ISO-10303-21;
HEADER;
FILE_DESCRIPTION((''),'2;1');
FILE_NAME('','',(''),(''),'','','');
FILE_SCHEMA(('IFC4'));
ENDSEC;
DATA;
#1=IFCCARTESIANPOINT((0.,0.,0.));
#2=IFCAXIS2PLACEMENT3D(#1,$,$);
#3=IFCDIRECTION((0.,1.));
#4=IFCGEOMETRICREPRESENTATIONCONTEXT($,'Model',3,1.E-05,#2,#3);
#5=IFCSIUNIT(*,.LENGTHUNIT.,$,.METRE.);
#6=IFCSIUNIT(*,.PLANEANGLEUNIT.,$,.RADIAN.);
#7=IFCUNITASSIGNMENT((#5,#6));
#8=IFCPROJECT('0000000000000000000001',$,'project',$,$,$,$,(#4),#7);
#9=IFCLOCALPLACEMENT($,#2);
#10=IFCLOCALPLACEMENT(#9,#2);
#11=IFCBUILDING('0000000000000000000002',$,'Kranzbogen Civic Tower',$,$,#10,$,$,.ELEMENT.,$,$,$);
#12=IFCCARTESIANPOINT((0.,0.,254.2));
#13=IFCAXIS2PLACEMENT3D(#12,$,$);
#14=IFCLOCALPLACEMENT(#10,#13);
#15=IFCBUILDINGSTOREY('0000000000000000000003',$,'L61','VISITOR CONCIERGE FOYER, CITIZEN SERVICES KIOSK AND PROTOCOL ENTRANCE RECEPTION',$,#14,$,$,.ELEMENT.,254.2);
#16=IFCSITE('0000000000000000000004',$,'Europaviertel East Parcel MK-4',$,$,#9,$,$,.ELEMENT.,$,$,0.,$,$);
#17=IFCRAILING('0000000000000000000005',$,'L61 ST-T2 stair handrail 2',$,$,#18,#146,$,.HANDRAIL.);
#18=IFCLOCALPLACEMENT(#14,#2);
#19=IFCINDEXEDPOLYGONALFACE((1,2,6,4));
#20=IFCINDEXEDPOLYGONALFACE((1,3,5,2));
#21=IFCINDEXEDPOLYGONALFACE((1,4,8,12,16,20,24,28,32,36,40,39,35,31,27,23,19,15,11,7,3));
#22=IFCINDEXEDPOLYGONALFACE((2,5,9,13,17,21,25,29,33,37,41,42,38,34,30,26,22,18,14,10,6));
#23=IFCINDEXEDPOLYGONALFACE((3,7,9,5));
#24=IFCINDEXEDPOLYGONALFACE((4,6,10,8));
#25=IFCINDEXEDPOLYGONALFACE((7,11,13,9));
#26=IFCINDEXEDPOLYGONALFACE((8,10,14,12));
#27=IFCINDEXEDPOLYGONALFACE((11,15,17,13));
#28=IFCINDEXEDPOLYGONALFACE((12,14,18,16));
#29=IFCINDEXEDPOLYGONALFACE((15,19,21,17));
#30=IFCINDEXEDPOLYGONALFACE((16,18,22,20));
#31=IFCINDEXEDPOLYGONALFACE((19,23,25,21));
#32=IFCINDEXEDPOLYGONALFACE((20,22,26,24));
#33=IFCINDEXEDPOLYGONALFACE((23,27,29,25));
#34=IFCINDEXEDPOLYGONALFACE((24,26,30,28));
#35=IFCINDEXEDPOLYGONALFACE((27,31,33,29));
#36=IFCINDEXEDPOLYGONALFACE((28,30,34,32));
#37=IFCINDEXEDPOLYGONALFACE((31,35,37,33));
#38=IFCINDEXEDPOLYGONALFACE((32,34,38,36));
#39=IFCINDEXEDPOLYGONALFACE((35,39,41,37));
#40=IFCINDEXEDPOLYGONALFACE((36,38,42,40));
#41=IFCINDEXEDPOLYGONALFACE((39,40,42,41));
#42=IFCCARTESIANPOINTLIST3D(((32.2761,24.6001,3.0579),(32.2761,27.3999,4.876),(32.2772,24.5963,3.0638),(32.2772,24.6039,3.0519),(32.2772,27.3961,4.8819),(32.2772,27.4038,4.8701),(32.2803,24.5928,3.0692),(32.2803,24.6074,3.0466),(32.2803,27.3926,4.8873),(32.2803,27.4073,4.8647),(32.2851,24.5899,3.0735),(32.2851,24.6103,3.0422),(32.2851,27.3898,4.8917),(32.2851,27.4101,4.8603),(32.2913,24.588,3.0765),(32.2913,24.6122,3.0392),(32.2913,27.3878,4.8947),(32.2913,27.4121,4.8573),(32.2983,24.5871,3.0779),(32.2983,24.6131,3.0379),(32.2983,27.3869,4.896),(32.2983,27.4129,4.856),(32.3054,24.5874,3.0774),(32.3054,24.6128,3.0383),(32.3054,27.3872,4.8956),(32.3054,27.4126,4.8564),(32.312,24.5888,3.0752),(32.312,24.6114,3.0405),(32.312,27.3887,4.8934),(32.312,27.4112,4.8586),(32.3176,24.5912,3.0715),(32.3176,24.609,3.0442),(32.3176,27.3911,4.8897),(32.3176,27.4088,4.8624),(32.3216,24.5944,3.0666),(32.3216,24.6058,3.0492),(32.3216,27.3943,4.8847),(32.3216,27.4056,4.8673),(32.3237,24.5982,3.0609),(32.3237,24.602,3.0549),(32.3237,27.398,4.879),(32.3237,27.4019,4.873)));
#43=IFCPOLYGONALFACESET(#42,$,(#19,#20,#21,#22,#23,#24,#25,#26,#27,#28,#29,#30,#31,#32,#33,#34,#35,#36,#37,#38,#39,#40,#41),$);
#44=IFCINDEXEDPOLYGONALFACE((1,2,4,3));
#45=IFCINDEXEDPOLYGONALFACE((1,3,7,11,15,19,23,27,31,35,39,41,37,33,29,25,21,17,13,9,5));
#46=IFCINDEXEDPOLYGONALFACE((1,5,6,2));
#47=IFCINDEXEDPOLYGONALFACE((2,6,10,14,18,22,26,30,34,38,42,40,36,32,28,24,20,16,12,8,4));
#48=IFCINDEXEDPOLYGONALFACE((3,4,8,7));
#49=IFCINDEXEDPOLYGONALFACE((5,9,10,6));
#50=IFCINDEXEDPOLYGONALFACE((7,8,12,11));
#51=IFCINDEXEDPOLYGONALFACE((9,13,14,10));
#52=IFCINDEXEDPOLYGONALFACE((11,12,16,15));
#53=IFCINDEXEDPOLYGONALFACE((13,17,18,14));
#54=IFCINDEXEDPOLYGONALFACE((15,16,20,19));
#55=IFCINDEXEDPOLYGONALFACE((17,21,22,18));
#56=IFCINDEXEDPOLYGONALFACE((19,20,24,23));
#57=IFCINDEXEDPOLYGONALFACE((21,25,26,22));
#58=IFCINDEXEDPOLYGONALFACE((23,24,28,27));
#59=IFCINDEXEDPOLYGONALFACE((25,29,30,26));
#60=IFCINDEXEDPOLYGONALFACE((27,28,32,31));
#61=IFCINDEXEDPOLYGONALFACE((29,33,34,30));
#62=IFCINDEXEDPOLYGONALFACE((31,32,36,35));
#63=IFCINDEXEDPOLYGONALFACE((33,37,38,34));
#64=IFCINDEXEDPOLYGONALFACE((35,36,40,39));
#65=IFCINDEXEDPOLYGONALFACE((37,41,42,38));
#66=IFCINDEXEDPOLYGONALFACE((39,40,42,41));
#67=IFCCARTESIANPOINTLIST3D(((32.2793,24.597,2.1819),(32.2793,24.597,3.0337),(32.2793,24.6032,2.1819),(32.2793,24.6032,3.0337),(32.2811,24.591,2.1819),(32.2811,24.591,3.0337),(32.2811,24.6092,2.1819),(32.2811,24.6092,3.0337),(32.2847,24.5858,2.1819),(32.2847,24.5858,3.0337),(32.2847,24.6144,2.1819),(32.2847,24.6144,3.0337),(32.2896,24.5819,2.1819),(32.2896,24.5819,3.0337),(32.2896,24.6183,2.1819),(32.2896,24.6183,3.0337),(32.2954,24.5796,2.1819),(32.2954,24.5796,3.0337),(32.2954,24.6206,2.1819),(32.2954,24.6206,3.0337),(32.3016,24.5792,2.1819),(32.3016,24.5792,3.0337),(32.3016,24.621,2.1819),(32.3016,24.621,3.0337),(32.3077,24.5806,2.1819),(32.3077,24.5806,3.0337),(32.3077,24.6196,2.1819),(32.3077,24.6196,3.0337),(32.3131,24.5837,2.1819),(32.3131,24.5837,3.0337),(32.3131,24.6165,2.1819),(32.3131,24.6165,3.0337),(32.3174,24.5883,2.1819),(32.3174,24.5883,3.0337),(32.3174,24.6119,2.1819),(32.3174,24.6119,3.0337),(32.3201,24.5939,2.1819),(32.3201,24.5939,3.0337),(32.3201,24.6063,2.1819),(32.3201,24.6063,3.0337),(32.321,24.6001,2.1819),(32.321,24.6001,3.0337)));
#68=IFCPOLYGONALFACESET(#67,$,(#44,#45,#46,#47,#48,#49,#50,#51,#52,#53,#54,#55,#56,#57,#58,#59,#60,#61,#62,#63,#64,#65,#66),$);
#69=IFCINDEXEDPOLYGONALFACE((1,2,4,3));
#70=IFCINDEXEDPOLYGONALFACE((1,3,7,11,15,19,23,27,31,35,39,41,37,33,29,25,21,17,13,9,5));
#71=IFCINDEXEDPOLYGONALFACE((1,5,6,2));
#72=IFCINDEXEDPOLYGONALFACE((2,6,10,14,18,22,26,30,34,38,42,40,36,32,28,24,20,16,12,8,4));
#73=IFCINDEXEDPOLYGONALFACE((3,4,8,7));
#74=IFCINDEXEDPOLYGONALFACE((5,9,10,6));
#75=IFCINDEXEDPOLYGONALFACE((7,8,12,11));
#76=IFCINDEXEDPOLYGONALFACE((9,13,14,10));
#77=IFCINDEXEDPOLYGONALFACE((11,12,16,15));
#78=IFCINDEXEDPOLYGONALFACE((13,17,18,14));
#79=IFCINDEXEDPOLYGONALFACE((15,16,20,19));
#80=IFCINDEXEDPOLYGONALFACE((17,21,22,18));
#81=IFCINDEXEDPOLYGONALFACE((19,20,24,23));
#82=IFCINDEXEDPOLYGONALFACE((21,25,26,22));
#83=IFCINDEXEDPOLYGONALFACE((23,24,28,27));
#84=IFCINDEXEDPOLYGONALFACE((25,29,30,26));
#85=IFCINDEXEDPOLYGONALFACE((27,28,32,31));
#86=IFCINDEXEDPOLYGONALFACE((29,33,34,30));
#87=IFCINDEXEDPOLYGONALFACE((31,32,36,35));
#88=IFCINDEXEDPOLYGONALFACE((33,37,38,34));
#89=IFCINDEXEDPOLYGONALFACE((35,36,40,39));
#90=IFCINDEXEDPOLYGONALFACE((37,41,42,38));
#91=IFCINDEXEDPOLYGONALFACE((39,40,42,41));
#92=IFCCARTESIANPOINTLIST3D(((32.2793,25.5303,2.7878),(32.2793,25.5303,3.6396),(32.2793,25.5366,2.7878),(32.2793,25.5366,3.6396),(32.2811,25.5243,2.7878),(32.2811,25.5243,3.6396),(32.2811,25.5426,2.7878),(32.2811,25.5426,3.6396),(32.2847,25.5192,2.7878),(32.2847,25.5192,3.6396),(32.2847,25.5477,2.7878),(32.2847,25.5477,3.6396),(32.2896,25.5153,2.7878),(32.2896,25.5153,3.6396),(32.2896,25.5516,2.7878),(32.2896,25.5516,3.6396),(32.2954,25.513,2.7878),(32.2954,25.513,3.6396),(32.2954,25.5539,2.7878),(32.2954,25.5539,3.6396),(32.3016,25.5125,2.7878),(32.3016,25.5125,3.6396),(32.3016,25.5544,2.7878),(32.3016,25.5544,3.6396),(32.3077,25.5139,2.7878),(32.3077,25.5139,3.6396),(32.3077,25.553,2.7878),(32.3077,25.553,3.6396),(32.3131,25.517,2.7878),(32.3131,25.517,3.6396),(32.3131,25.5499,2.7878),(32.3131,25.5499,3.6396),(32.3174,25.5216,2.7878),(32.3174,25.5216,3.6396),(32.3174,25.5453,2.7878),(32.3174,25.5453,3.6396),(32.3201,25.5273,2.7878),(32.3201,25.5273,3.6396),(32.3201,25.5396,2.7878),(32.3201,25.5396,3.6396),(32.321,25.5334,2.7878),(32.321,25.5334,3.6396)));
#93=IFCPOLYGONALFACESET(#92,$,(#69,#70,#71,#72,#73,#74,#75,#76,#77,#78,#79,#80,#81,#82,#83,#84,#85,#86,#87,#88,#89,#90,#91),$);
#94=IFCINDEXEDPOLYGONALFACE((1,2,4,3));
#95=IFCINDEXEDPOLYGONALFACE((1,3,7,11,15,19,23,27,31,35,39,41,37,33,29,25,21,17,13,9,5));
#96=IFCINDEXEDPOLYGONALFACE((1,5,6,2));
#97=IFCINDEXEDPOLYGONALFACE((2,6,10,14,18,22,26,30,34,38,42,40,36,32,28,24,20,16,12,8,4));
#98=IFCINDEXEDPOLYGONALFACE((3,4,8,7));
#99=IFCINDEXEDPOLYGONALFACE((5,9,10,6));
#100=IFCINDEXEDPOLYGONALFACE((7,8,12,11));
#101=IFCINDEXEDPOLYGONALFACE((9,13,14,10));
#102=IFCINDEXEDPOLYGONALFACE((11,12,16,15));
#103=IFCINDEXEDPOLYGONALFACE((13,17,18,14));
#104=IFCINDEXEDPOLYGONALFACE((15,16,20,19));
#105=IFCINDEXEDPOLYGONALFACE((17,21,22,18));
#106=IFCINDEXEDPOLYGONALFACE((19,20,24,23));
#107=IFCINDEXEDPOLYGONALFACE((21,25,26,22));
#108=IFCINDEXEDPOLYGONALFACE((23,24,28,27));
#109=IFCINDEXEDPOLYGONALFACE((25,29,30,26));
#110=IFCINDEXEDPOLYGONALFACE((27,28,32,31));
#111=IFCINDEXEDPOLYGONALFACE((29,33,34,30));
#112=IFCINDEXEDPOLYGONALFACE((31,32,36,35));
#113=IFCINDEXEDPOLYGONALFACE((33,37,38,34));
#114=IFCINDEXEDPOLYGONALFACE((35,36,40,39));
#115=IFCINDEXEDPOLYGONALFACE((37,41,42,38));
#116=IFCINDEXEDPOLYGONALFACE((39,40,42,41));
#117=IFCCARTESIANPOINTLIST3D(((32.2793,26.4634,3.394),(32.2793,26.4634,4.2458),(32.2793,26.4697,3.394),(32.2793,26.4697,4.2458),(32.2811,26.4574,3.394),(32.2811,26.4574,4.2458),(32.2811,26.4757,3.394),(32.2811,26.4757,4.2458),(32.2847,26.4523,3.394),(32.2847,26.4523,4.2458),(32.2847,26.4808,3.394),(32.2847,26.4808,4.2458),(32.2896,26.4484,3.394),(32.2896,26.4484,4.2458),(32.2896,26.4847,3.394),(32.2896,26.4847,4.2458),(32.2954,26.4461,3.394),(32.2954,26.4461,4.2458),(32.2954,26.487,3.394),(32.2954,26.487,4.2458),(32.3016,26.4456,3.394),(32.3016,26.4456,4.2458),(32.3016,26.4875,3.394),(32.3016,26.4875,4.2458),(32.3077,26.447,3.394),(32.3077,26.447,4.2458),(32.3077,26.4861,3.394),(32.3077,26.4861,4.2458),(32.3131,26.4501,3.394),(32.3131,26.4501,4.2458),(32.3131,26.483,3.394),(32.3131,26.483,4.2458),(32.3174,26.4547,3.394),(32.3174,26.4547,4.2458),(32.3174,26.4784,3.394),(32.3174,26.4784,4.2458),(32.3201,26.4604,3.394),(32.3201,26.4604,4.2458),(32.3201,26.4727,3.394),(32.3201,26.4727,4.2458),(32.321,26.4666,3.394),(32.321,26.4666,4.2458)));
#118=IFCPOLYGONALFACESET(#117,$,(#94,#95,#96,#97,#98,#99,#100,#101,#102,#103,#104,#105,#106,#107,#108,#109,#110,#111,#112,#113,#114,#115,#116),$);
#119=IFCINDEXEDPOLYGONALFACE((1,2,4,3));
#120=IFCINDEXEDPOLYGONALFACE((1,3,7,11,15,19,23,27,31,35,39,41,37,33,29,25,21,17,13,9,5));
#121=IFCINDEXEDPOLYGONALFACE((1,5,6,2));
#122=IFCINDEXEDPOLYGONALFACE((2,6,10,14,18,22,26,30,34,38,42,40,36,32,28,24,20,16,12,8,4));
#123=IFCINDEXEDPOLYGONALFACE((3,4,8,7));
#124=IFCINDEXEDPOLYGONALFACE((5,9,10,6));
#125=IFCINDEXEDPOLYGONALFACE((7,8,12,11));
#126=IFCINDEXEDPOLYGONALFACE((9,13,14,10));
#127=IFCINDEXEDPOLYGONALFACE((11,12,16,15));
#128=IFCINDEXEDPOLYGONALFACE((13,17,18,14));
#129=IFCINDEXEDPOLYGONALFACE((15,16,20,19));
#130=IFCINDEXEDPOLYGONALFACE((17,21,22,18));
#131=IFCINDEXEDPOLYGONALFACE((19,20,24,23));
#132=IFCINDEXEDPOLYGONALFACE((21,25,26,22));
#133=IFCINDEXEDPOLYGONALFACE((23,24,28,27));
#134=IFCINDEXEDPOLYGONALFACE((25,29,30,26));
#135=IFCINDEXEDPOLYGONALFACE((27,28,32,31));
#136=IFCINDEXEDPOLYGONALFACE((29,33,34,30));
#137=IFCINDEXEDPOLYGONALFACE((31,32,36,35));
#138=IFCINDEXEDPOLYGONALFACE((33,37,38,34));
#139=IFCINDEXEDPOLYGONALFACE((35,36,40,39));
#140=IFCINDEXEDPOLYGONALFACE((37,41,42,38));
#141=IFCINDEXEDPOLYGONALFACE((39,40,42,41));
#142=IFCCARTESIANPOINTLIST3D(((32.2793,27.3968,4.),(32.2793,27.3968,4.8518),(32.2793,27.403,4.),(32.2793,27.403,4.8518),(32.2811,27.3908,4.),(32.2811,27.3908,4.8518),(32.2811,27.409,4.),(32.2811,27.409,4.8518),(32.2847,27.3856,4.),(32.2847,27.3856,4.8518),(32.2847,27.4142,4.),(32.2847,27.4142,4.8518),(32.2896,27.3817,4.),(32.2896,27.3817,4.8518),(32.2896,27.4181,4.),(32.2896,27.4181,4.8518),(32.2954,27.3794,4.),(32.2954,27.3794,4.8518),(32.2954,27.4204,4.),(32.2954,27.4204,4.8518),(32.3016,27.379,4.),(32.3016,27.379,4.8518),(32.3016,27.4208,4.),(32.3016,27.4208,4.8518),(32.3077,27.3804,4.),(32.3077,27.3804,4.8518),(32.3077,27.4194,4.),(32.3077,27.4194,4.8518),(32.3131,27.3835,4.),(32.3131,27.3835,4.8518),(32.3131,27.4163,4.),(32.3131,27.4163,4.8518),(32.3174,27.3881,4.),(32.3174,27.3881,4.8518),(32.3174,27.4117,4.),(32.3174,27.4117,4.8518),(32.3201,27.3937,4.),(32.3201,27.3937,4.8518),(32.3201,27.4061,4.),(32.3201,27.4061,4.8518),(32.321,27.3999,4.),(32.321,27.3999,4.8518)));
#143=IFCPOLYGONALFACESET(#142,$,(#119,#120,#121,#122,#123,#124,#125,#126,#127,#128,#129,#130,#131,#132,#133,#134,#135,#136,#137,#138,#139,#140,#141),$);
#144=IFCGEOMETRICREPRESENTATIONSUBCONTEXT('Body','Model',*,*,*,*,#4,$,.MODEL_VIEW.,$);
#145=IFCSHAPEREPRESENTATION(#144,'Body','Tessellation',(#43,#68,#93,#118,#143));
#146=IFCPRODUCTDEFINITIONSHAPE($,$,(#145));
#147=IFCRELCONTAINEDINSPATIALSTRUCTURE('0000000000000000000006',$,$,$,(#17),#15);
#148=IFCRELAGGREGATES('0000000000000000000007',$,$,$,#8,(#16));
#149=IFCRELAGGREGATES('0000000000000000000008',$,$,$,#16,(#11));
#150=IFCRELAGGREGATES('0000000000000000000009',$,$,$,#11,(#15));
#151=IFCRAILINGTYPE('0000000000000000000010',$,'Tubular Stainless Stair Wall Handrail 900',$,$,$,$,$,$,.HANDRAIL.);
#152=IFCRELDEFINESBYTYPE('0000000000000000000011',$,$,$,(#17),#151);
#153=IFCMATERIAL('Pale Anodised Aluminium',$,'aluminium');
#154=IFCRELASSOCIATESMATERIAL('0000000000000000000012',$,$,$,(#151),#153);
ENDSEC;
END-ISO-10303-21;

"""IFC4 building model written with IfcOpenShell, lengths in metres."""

from ifc_helpers import new_model, si_unit, direction, frame, origin, origin_2d, place, context, subcontext, project, spatial, circle, extrude, material, type_object, element, save


model = new_model("IFC4")

# Units and contexts
model_context = context("Model", 3, precision=1e-05, world=origin(), true_north=direction((0.0, 1.0)))
body_context = subcontext(model_context, "Body", "Model", "MODEL_VIEW")
ifc_project = project(units=[si_unit("LENGTHUNIT", "METRE"), si_unit("PLANEANGLEUNIT", "RADIAN")], contexts=[model_context])

# Site, building, storey
site_placement = place(None, origin())
site = spatial("IfcSite", under=ifc_project, at=site_placement, Name="Europaviertel East Parcel MK-4", CompositionType="ELEMENT", RefElevation=0.0)
building_placement = place(site_placement, origin())
building = spatial("IfcBuilding", under=site, at=building_placement, Name="Kranzbogen Civic Tower", CompositionType="ELEMENT")
storey_placement = place(building_placement, frame((0.0, 0.0, 254.2)))
storey = spatial("IfcBuildingStorey", under=building, at=storey_placement, Name="L61", Description="VISITOR CONCIERGE FOYER, CITIZEN SERVICES KIOSK AND PROTOCOL ENTRANCE RECEPTION", CompositionType="ELEMENT", Elevation=254.2)

# Shared definitions
ifc_material_1 = material(Name="Pale Anodised Aluminium", Category="aluminium")

# Railing
railing_type = type_object("IfcRailingType", Name="Tubular Stainless Stair Wall Handrail 900", PredefinedType="HANDRAIL", material=ifc_material_1)
railing_placement = place(storey_placement, frame((32.3, 24.6001, 2.1819)))
element("IfcRailing", 1, at=railing_placement, inside=storey, type_object=railing_type, Name="L61 ST-T2 stair handrail 2", PredefinedType="HANDRAIL", context=body_context, shape_type="SweptSolid", body=[
    extrude(circle(Radius=0.0239, at=origin_2d()), frame((0.0, 0.0, 0.876), z_axis=(0.0, 0.838684, 0.544618), x_axis=(-1.0, 0.0, 0.0)), (0.0, 0.0, 1.0), 3.3384),
    extrude(circle(Radius=0.021, at=origin_2d()), origin(), (0.0, 0.0, 1.0), 0.8518),
    extrude(circle(Radius=0.021, at=origin_2d()), frame((0.0, 0.9333, 0.606)), (0.0, 0.0, 1.0), 0.8518),
    extrude(circle(Radius=0.021, at=origin_2d()), frame((0.0, 1.8665, 1.2122)), (0.0, 0.0, 1.0), 0.8518),
    extrude(circle(Radius=0.021, at=origin_2d()), frame((0.0, 2.7998, 1.8181)), (0.0, 0.0, 1.0), 0.8518),
])

save(model, "model.ifc")
